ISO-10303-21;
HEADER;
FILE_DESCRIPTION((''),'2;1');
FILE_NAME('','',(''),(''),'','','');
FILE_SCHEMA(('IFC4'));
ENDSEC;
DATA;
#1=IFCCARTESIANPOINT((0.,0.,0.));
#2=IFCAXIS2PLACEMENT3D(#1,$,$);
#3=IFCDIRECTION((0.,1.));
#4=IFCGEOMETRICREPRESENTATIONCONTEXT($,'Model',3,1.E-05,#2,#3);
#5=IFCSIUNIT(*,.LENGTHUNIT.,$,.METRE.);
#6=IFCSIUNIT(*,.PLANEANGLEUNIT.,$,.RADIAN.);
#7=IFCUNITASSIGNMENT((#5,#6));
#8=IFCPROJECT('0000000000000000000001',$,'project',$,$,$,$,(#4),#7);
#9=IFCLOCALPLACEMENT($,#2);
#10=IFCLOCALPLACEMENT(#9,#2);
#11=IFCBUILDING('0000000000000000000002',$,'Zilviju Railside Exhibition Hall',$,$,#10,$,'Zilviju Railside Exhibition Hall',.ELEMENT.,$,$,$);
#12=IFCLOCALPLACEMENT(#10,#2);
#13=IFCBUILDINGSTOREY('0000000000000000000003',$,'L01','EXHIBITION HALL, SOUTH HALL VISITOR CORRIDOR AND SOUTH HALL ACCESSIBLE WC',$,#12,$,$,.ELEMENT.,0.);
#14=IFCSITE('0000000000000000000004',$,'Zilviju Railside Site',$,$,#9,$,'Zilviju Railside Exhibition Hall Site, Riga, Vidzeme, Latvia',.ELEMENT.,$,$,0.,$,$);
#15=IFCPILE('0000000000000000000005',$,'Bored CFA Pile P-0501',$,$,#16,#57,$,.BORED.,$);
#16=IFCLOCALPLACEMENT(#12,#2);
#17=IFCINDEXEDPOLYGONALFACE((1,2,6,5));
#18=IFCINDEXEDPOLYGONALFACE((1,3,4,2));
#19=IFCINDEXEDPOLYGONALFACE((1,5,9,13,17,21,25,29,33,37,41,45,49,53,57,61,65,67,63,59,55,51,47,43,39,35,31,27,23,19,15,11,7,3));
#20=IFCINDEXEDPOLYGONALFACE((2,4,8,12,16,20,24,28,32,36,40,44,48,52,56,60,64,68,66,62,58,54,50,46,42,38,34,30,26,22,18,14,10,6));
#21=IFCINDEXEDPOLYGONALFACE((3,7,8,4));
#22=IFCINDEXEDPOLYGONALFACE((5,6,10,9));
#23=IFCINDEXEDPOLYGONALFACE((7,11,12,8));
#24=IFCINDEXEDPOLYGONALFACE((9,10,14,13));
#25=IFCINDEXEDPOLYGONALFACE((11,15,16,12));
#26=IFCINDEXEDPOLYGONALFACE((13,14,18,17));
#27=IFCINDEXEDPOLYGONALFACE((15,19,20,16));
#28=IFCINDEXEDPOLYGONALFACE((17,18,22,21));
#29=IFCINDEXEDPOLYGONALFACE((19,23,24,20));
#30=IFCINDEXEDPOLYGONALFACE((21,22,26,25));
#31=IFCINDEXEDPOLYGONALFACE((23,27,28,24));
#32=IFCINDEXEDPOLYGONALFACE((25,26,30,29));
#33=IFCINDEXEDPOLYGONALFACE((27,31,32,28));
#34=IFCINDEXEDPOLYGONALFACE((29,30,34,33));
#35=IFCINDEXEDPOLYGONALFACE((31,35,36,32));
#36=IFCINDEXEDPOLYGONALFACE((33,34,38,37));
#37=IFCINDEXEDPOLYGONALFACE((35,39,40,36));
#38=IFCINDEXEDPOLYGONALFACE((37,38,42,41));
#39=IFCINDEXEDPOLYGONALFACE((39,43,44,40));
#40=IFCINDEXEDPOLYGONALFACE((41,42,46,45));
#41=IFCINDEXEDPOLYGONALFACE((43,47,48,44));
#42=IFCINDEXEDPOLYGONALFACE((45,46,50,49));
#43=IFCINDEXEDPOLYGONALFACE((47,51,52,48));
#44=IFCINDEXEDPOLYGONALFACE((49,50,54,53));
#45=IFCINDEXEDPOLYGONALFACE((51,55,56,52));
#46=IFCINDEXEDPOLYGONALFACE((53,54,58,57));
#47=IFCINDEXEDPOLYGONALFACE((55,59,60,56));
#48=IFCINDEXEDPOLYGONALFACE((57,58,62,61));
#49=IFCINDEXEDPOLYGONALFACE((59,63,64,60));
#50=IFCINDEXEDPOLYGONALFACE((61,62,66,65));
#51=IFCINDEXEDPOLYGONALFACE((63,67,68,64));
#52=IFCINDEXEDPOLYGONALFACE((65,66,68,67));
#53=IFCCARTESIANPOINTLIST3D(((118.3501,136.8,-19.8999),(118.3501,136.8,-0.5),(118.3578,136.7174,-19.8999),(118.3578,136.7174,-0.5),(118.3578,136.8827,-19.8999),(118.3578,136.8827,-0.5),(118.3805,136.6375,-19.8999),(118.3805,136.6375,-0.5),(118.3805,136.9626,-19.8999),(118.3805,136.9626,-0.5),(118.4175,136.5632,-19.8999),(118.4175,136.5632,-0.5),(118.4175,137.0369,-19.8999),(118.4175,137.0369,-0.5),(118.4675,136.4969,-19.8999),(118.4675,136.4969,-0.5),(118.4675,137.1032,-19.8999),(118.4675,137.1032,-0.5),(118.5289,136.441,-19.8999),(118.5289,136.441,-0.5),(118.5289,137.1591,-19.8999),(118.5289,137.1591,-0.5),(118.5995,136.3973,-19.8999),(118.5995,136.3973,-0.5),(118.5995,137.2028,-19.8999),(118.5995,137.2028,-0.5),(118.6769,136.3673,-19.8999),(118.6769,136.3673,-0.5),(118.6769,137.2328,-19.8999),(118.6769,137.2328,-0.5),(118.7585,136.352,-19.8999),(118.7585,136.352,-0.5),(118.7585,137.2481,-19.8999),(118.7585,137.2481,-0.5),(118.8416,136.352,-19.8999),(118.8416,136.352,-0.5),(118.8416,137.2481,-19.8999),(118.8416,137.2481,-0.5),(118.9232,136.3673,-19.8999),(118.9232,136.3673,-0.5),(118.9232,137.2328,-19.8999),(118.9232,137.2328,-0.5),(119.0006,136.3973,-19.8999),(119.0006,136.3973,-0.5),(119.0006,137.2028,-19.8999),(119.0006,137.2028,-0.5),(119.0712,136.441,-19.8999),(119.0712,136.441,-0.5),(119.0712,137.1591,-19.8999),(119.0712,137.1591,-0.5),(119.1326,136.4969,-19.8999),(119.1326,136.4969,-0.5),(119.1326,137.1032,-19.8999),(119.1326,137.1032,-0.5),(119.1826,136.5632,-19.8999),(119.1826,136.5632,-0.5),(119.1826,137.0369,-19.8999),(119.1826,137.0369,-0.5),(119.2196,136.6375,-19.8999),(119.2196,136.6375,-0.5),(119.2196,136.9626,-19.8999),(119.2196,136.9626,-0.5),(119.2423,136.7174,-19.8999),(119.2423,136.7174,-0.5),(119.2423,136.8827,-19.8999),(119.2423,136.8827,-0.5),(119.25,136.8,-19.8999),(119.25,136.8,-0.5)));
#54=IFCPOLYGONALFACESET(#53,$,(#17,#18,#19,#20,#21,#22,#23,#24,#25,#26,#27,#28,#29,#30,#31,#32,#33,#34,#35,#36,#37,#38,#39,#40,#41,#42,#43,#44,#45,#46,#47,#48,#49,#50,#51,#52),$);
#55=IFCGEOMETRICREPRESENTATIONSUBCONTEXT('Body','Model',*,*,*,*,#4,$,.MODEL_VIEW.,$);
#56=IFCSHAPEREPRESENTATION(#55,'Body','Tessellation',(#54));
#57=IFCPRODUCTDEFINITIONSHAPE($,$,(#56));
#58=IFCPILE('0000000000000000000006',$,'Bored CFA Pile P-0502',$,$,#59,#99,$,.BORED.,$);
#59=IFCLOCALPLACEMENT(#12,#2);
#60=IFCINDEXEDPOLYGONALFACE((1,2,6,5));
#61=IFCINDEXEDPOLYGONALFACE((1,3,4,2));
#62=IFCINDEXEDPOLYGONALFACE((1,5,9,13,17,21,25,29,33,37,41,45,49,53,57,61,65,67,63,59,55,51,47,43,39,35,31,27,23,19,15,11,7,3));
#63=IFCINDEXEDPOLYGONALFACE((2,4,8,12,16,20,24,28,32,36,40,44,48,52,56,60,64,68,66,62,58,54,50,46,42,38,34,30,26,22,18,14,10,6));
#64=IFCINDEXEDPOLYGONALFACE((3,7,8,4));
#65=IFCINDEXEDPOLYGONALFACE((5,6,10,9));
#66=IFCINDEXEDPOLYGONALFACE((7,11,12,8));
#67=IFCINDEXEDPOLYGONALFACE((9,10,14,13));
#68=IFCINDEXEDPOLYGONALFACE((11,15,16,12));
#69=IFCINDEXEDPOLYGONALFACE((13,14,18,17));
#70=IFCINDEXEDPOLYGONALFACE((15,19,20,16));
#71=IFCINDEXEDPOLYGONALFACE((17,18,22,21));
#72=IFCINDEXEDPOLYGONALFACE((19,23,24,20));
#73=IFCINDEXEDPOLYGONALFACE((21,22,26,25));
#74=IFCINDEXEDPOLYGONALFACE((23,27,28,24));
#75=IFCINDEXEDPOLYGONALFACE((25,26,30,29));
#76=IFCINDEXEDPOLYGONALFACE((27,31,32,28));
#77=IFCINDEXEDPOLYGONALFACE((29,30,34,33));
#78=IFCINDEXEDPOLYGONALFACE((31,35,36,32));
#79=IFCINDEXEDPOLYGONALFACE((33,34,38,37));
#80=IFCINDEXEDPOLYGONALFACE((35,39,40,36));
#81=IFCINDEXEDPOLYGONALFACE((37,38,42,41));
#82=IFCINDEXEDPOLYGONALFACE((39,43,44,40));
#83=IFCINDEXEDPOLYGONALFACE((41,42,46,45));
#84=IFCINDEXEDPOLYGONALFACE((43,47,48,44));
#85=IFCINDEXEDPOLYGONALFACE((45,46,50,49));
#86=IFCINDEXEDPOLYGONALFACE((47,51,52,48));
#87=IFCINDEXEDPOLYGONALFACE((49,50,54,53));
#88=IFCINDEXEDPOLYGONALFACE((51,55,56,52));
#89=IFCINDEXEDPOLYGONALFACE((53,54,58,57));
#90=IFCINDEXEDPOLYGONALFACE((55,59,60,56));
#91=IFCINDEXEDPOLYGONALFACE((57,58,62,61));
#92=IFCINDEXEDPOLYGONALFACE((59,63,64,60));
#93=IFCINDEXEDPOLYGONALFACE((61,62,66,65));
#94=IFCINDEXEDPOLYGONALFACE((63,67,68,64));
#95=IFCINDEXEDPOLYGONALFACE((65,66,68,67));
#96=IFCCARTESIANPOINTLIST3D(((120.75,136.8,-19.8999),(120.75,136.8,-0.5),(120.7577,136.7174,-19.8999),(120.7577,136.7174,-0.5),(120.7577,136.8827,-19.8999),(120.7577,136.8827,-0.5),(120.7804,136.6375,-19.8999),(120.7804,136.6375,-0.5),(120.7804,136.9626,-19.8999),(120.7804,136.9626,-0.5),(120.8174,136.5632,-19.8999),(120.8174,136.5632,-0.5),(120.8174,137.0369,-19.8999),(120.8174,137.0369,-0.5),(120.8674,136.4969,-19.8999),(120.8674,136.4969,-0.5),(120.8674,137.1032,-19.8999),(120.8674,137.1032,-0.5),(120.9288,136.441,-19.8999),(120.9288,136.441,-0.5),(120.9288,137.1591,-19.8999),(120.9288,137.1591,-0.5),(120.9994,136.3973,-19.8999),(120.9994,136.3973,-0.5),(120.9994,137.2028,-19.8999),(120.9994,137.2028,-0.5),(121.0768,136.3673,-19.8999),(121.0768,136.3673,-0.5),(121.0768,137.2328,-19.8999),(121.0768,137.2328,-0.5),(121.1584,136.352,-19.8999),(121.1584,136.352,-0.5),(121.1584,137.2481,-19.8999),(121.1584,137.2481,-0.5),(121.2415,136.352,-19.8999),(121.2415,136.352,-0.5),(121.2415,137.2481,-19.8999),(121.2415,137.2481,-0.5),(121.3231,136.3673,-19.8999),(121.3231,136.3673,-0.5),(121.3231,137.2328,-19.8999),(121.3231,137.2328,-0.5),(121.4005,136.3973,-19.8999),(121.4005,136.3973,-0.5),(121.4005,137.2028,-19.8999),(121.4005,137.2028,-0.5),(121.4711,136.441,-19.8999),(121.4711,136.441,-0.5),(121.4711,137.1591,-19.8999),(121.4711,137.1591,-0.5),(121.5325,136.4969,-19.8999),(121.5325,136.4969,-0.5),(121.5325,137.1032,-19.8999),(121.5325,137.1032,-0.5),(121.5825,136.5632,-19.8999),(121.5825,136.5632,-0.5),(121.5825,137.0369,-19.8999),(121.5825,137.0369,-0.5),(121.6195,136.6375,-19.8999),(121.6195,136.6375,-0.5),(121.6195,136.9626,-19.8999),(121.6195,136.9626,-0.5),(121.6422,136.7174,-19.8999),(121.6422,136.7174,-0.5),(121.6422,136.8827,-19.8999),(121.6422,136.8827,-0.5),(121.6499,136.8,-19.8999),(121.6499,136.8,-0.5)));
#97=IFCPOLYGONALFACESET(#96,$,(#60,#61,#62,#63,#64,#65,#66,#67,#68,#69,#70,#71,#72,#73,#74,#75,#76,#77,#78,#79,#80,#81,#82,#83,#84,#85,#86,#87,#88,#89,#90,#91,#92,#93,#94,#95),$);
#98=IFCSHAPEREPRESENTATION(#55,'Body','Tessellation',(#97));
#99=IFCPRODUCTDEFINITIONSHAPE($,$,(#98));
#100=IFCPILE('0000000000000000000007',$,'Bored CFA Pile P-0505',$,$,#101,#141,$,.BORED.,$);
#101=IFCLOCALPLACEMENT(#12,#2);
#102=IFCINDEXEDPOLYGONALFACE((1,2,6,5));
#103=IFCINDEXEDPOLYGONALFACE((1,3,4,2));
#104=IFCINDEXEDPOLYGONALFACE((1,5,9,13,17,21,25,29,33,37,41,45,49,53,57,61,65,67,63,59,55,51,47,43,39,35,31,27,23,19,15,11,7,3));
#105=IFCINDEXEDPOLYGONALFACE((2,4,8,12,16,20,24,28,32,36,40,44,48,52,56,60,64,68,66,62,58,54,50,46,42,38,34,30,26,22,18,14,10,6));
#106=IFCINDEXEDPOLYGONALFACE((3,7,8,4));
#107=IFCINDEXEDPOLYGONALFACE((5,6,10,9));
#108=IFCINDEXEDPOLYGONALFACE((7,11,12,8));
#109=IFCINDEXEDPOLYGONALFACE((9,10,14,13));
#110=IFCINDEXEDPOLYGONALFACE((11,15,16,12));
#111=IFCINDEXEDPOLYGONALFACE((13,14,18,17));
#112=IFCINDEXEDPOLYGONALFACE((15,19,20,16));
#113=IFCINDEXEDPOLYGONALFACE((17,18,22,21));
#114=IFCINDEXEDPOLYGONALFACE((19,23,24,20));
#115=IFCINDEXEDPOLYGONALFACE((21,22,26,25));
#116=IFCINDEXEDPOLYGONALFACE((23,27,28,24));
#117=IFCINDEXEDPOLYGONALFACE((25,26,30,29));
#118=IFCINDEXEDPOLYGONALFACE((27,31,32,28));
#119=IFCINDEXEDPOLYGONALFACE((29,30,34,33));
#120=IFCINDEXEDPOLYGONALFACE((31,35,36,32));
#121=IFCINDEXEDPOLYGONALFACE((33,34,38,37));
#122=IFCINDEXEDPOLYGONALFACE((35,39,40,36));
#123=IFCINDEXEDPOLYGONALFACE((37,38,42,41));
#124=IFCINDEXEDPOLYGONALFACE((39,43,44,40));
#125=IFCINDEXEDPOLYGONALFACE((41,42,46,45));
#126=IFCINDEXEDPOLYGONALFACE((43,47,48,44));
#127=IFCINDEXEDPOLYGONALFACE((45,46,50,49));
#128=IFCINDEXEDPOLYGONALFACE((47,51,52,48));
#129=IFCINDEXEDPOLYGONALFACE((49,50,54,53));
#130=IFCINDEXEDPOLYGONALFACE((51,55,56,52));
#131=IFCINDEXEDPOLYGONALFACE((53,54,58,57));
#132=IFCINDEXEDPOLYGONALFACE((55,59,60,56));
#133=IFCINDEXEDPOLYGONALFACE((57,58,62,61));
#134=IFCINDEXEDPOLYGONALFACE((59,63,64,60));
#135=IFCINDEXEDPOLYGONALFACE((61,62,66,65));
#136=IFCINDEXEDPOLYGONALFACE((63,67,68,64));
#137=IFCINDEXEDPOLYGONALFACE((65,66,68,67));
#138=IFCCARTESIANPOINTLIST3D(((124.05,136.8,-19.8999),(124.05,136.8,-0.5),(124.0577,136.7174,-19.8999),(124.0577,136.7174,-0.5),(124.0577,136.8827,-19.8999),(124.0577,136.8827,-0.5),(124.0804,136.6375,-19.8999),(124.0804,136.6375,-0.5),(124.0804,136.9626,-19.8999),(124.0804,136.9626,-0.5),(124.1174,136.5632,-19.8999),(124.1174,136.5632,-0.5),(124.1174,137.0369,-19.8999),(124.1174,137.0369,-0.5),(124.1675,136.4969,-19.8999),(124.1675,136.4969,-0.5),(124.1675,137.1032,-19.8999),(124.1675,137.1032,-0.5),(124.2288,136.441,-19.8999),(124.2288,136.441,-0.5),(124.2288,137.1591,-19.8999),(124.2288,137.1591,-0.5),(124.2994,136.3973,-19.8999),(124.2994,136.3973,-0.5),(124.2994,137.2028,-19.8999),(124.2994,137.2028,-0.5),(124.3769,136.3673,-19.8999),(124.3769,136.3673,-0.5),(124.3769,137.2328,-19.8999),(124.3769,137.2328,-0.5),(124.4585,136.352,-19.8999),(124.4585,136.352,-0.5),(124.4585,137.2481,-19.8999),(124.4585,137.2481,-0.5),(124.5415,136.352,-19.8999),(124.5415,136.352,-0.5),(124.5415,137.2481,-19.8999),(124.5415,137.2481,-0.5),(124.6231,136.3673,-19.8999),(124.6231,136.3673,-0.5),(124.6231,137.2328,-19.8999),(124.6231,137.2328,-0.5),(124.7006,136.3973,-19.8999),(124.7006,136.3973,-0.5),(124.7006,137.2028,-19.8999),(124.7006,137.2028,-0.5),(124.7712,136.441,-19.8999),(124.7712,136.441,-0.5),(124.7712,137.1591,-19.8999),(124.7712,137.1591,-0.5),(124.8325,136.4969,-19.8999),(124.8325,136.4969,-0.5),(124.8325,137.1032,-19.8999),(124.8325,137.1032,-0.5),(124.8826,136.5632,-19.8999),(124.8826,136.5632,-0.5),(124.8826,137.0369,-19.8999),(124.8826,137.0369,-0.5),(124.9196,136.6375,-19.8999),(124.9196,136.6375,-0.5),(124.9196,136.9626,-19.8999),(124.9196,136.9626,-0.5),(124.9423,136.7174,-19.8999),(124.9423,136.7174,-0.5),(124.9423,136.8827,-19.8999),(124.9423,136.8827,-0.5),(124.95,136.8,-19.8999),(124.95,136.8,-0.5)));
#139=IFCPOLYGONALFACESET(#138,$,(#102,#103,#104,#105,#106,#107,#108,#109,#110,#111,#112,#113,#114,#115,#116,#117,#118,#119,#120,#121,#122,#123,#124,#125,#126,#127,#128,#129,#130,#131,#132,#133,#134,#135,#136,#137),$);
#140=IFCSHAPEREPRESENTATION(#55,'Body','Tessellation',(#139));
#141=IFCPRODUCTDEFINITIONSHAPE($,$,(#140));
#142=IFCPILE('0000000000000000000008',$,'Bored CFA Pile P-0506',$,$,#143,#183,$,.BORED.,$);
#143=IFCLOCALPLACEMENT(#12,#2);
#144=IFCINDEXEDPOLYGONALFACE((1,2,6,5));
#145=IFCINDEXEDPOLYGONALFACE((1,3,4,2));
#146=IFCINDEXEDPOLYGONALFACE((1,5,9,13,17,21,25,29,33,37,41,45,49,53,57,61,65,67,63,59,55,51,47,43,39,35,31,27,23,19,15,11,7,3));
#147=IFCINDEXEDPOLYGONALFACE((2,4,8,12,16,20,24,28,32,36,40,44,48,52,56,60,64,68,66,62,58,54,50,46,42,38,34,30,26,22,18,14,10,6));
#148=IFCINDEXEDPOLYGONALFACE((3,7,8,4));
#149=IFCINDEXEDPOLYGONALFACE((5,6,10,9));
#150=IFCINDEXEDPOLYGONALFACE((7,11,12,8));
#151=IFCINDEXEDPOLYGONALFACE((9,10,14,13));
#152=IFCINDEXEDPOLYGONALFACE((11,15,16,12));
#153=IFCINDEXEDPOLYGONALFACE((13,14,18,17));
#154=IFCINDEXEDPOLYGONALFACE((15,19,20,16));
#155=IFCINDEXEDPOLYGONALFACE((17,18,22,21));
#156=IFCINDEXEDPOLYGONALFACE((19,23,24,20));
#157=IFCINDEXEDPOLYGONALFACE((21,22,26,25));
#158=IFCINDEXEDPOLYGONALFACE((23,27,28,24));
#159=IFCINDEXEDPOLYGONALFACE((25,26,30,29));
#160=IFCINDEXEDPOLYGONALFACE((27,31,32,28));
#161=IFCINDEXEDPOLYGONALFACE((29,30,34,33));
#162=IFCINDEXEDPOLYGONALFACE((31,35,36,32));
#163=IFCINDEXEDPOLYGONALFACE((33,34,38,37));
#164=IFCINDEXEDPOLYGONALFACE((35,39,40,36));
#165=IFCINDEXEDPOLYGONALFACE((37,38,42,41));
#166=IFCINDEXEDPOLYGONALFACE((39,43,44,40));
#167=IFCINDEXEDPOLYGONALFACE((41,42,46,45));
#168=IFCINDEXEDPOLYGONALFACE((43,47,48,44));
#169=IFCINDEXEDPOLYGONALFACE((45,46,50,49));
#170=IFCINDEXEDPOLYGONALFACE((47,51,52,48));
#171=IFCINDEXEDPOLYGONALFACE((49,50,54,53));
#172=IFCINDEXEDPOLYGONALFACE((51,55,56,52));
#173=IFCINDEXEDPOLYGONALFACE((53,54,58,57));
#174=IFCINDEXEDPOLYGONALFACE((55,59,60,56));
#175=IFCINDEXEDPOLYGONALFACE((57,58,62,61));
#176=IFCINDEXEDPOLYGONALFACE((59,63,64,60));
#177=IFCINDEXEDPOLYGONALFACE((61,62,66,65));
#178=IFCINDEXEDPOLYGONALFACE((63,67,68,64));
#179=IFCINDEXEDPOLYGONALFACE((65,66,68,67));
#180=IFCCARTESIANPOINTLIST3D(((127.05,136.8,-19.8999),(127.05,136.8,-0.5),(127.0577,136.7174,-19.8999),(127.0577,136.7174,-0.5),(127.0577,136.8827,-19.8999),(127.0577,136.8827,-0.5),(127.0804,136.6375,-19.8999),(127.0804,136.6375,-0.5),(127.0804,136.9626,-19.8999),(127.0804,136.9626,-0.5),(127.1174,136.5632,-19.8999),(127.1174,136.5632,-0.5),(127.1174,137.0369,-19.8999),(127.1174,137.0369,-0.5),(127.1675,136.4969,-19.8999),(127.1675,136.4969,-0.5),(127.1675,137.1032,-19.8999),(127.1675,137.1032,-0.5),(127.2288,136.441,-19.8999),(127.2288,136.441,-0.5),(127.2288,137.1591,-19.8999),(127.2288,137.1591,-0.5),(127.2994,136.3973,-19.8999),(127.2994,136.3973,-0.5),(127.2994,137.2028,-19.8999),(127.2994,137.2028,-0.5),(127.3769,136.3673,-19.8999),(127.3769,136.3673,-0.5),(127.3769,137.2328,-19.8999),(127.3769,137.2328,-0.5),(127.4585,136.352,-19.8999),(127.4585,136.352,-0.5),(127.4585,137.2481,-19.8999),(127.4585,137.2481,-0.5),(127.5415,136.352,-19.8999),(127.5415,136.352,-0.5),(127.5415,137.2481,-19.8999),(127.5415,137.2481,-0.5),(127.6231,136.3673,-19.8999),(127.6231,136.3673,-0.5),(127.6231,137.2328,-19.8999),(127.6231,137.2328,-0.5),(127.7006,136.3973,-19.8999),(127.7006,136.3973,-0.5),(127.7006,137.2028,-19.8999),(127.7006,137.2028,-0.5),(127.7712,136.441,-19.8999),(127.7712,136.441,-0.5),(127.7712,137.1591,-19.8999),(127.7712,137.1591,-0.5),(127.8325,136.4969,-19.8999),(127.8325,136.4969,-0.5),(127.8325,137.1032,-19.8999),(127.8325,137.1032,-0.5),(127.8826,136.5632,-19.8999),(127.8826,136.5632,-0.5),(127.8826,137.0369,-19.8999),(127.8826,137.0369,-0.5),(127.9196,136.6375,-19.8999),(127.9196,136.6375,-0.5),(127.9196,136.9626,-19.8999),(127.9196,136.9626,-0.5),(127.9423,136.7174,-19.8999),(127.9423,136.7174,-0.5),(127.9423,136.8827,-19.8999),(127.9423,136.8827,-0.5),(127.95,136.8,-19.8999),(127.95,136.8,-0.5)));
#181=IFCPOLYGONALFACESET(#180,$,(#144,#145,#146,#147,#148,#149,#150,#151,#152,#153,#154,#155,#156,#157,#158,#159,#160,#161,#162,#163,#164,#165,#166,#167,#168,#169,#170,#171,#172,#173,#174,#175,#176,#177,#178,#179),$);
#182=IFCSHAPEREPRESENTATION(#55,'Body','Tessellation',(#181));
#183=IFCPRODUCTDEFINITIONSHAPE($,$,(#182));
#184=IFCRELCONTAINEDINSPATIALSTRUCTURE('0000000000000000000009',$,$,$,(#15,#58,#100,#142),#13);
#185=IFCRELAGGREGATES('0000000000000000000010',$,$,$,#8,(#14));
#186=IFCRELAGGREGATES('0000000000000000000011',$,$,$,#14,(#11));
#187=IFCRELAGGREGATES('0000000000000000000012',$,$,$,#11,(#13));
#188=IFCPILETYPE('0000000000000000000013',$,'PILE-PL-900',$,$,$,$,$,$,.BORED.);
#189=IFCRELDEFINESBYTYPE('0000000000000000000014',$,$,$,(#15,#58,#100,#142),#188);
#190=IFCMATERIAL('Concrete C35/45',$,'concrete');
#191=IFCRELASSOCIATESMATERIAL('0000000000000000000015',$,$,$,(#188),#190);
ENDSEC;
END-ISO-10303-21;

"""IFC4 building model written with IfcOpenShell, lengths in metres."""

from ifc_helpers import new_model, si_unit, direction, frame, origin, origin_2d, place, context, subcontext, project, spatial, circle, extrude, material, material_profile, profile_set, type_object, element, save


model = new_model("IFC4")

# Units and contexts
model_context = context("Model", 3, precision=1e-05, world=origin(), true_north=direction((0.0, 1.0)))
body_context = subcontext(model_context, "Body", "Model", "MODEL_VIEW")
ifc_project = project(units=[si_unit("LENGTHUNIT", "METRE"), si_unit("PLANEANGLEUNIT", "RADIAN")], contexts=[model_context])

# Site, building, storey
site_placement = place(None, origin())
site = spatial("IfcSite", under=ifc_project, at=site_placement, Name="Zilviju Railside Site", LongName="Zilviju Railside Exhibition Hall Site, Riga, Vidzeme, Latvia", CompositionType="ELEMENT", RefElevation=0.0)
building_placement = place(site_placement, origin())
building = spatial("IfcBuilding", under=site, at=building_placement, Name="Zilviju Railside Exhibition Hall", LongName="Zilviju Railside Exhibition Hall", CompositionType="ELEMENT")
storey_placement = place(building_placement, origin())
storey = spatial("IfcBuildingStorey", under=building, at=storey_placement, Name="L01", Description="EXHIBITION HALL, SOUTH HALL VISITOR CORRIDOR AND SOUTH HALL ACCESSIBLE WC", CompositionType="ELEMENT", Elevation=0.0)

# Shared definitions
ifc_material_1 = material(Name="Concrete C35/45", Category="concrete")

# Piles
ifc_material_profile_1 = material_profile(ifc_material_1, circle(Radius=0.45, at=origin_2d()), Name="CFA PILE D900")
ifc_profile_set_1 = profile_set([ifc_material_profile_1], Name="Concrete C35/45")
pile_type_1 = type_object("IfcPileType", Name="PILE-PL-900", PredefinedType="BORED", material=ifc_profile_set_1)
for number, where, z_axis, x_axis, name in (
    (1, (118.8, 136.8, -0.5), (0.0, 0.0, -1.0), (1.0, 0.0, 0.0), "Bored CFA Pile P-0501"),
    (2, (121.2, 136.8, -0.5), (0.0, 0.0, -1.0), (1.0, 0.0, 0.0), "Bored CFA Pile P-0502"),
    (3, (124.5, 136.8, -0.5), (0.0, 0.0, -1.0), (1.0, 0.0, 0.0), "Bored CFA Pile P-0505"),
    (4, (127.5, 136.8, -0.5), (0.0, 0.0, -1.0), (1.0, 0.0, 0.0), "Bored CFA Pile P-0506"),
):
    element("IfcPile", number, at=place(storey_placement, frame(where, z_axis=z_axis, x_axis=x_axis)), inside=storey, type_object=pile_type_1, Name=name, PredefinedType="BORED", context=body_context, shape_type="SweptSolid", body=[
        extrude(circle(Radius=0.45, at=origin_2d()), origin(), (0.0, 0.0, 1.0), 19.3999),
    ])

save(model, "model.ifc")
